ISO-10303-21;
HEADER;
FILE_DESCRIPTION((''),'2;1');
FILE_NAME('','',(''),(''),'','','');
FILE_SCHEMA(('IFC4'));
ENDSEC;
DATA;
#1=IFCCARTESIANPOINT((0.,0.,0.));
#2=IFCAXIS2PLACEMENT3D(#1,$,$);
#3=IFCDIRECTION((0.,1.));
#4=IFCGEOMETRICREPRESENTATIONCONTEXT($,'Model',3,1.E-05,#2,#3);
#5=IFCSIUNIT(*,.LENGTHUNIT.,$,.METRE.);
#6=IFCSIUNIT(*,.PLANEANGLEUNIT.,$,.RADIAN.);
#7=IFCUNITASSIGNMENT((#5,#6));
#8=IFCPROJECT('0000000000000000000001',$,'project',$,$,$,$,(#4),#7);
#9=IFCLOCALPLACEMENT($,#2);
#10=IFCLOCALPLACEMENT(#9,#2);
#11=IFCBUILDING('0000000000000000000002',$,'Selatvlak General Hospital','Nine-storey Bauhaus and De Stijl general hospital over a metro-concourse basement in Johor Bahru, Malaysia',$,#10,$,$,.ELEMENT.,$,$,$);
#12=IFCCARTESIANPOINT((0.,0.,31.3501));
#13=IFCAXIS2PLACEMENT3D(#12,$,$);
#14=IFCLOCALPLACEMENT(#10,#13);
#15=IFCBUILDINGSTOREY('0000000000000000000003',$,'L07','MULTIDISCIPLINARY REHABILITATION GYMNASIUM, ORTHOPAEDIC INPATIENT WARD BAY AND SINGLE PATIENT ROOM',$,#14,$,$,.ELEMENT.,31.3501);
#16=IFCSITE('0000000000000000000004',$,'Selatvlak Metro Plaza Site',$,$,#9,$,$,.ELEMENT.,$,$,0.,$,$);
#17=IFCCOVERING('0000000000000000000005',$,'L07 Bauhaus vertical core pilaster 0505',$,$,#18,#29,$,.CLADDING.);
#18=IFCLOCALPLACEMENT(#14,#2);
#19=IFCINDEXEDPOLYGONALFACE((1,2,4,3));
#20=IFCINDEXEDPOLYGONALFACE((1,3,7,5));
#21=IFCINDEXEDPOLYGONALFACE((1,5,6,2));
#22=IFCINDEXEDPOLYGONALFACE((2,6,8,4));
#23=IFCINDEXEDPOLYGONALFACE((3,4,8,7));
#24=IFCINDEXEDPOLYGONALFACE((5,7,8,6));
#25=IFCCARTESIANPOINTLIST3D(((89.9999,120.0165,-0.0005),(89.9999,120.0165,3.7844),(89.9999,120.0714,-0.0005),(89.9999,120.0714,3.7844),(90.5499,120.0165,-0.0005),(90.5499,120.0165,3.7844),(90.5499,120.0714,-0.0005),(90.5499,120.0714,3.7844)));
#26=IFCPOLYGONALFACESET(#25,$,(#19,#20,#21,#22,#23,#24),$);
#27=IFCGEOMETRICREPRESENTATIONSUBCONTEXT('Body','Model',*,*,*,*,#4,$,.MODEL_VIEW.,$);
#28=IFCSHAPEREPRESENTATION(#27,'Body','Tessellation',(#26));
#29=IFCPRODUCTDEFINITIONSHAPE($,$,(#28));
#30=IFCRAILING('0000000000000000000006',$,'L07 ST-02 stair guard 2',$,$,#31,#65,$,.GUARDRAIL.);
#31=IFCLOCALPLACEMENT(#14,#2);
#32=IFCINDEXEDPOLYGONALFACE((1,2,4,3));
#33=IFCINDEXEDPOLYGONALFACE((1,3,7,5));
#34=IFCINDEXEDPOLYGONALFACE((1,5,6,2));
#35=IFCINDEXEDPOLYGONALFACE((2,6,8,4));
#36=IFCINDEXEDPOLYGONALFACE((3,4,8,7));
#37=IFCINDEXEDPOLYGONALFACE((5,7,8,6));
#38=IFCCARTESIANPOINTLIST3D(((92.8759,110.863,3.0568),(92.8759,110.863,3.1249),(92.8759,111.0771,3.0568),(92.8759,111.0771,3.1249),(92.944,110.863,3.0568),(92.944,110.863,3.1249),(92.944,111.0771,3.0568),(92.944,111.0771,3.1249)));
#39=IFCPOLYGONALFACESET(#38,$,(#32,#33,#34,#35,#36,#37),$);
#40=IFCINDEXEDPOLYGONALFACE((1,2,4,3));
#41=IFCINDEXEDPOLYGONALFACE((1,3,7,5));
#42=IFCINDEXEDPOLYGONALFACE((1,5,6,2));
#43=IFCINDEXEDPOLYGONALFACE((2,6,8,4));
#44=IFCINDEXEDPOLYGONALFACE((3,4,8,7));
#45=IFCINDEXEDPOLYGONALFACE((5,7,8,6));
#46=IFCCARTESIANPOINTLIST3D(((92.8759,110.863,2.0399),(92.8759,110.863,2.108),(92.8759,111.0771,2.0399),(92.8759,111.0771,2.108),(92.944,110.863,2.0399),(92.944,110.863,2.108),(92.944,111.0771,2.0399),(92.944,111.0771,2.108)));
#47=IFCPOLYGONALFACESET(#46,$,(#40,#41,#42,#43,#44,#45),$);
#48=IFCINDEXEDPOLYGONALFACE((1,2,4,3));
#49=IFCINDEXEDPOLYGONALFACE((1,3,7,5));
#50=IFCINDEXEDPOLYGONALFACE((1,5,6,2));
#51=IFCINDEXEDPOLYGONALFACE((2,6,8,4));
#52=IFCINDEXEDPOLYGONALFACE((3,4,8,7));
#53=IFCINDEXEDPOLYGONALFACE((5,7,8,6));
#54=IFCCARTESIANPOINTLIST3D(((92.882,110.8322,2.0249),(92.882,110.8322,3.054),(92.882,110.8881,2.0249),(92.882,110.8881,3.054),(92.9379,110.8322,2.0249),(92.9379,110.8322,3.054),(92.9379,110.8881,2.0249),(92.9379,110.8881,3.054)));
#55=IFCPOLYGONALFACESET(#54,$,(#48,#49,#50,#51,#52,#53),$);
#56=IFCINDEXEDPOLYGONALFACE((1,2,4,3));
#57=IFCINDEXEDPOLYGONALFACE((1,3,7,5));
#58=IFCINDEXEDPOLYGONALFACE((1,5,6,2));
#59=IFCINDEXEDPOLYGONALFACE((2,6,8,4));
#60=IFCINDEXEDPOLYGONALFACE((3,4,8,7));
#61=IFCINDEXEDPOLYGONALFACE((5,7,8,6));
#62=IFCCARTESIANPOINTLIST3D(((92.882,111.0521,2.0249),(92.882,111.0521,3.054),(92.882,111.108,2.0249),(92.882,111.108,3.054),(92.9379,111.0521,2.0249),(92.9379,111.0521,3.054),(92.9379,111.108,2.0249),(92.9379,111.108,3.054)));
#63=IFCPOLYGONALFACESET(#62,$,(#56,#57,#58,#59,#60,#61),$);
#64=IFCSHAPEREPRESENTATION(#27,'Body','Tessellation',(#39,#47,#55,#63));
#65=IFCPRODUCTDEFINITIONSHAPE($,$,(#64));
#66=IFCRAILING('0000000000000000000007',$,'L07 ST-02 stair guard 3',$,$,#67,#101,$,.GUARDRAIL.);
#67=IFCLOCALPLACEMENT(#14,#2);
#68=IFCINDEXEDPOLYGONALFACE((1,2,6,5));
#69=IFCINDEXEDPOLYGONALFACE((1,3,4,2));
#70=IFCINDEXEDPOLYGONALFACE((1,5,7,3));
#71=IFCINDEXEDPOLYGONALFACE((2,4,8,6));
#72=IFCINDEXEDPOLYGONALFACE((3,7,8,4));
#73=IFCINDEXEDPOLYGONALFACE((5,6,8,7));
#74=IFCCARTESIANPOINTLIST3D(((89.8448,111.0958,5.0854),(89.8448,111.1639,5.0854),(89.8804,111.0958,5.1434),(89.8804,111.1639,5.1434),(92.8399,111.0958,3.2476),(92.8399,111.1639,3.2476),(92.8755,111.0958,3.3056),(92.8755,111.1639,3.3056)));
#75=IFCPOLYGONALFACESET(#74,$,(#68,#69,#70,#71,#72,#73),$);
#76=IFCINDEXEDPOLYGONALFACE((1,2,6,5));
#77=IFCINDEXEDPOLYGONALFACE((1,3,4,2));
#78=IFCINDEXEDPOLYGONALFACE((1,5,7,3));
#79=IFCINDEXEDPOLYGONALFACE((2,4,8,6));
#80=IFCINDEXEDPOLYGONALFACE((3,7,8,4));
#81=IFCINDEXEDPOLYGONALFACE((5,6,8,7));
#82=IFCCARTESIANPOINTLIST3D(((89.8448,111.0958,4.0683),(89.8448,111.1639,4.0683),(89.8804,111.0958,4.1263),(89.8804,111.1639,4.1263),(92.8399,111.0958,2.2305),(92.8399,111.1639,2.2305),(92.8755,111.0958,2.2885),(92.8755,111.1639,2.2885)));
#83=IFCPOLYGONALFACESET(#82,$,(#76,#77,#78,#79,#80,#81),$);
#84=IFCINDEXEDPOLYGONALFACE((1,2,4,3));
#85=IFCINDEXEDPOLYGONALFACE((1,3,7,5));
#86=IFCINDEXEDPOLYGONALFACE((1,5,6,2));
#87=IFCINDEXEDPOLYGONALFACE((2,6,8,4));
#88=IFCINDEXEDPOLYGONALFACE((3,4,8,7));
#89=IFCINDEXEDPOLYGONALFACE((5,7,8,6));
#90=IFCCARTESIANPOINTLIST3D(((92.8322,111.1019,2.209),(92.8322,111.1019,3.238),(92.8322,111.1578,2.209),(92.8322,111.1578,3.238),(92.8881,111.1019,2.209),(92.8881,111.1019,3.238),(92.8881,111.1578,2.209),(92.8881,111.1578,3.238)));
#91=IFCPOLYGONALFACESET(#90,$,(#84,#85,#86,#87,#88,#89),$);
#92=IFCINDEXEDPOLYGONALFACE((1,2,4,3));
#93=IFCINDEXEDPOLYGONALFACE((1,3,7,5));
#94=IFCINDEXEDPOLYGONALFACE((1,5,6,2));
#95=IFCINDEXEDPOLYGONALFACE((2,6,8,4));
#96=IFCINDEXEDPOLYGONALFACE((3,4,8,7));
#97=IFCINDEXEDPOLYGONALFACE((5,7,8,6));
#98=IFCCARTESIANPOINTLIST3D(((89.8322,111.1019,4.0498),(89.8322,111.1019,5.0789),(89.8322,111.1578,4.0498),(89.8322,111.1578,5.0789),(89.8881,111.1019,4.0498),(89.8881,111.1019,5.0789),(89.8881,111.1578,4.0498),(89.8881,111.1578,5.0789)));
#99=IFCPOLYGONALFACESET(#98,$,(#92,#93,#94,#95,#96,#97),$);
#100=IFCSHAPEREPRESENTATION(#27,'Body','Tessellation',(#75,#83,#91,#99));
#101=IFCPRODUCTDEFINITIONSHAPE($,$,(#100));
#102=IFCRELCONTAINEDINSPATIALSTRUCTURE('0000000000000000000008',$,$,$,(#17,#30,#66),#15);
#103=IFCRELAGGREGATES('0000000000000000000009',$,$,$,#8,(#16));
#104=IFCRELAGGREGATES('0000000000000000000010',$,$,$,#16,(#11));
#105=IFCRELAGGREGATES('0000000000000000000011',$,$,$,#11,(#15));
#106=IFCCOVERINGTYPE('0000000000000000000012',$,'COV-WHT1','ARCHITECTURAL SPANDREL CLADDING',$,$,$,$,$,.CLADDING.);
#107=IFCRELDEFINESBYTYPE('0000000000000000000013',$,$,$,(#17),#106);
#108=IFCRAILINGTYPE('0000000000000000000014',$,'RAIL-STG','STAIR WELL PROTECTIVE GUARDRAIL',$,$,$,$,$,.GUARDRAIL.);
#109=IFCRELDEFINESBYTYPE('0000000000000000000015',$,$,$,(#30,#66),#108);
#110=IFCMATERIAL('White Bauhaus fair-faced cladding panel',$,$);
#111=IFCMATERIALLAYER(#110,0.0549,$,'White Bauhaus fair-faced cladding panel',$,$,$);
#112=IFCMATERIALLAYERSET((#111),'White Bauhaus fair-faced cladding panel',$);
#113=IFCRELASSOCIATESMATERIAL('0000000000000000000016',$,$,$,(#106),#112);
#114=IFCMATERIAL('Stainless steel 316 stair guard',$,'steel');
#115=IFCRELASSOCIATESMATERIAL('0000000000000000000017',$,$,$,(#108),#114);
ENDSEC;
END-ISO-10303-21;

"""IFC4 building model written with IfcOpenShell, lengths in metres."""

from ifc_helpers import new_model, si_unit, direction, frame, origin, origin_2d, place, context, subcontext, project, spatial, rectangle, extrude, material, layer, layer_set, type_object, element, save


model = new_model("IFC4")

# Units and contexts
model_context = context("Model", 3, precision=1e-05, world=origin(), true_north=direction((0.0, 1.0)))
body_context = subcontext(model_context, "Body", "Model", "MODEL_VIEW")
ifc_project = project(units=[si_unit("LENGTHUNIT", "METRE"), si_unit("PLANEANGLEUNIT", "RADIAN")], contexts=[model_context])

# Site, building, storey
site_placement = place(None, origin())
site = spatial("IfcSite", under=ifc_project, at=site_placement, Name="Selatvlak Metro Plaza Site", CompositionType="ELEMENT", RefElevation=0.0)
building_placement = place(site_placement, origin())
building = spatial("IfcBuilding", under=site, at=building_placement, Name="Selatvlak General Hospital", Description="Nine-storey Bauhaus and De Stijl general hospital over a metro-concourse basement in Johor Bahru, Malaysia", CompositionType="ELEMENT")
storey_placement = place(building_placement, frame((0.0, 0.0, 31.3501)))
storey = spatial("IfcBuildingStorey", under=building, at=storey_placement, Name="L07", Description="MULTIDISCIPLINARY REHABILITATION GYMNASIUM, ORTHOPAEDIC INPATIENT WARD BAY AND SINGLE PATIENT ROOM", CompositionType="ELEMENT", Elevation=31.3501)

# Covering
ifc_material_1 = material(Name="White Bauhaus fair-faced cladding panel")
ifc_layer_1 = layer(ifc_material_1, 0.0549, Name="White Bauhaus fair-faced cladding panel")
ifc_layer_set_1 = layer_set([ifc_layer_1], Name="White Bauhaus fair-faced cladding panel")
covering_type = type_object("IfcCoveringType", Name="COV-WHT1", Description="ARCHITECTURAL SPANDREL CLADDING", PredefinedType="CLADDING", material=ifc_layer_set_1)
covering_placement = place(storey_placement, frame((90.2749, 120.0439, -0.0005), z_axis=(0.0, 0.0, 1.0), x_axis=(1.0, 0.0, 0.0)))
element("IfcCovering", 1, at=covering_placement, inside=storey, type_object=covering_type, Name="L07 Bauhaus vertical core pilaster 0505", PredefinedType="CLADDING", context=body_context, shape_type="SweptSolid", body=[
    extrude(rectangle(XDim=0.55, YDim=0.0549, at=origin_2d()), origin(), (0.0, 0.0, 1.0), 3.7849),
])

# Railings
ifc_material_2 = material(Name="Stainless steel 316 stair guard", Category="steel")
railing_type_1 = type_object("IfcRailingType", Name="RAIL-STG", Description="STAIR WELL PROTECTIVE GUARDRAIL", PredefinedType="GUARDRAIL", material=ifc_material_2)
railing_1_placement = place(storey_placement, frame((92.9099, 110.8601, 2.0249)))
element("IfcRailing", 2, at=railing_1_placement, inside=storey, type_object=railing_type_1, Name="L07 ST-02 stair guard 2", PredefinedType="GUARDRAIL", context=body_context, shape_type="SweptSolid", body=[
    extrude(rectangle(XDim=0.0681, YDim=0.0681, at=origin_2d()), frame((0.0, 0.0029, 1.0659), z_axis=(0.0, 1.0, 0.0), x_axis=(-1.0, 0.0, 0.0)), (0.0, 0.0, 1.0), 0.2141),
    extrude(rectangle(XDim=0.0681, YDim=0.0681, at=origin_2d()), frame((0.0, 0.0029, 0.0491), z_axis=(0.0, 1.0, 0.0), x_axis=(-1.0, 0.0, 0.0)), (0.0, 0.0, 1.0), 0.2141),
    extrude(rectangle(XDim=0.0559, YDim=0.0559, at=origin_2d()), origin(), (0.0, 0.0, 1.0), 1.0291),
    extrude(rectangle(XDim=0.0559, YDim=0.0559, at=origin_2d()), frame((0.0, 0.22, 0.0)), (0.0, 0.0, 1.0), 1.0291),
])
railing_2_placement = place(storey_placement, frame((92.8601, 111.1299, 2.209)))
element("IfcRailing", 3, at=railing_2_placement, inside=storey, type_object=railing_type_1, Name="L07 ST-02 stair guard 3", PredefinedType="GUARDRAIL", context=body_context, shape_type="SweptSolid", body=[
    extrude(rectangle(XDim=0.0681, YDim=0.0681, at=origin_2d()), frame((-0.0024, 0.0, 1.0676), z_axis=(-0.852334, 0.0, 0.522998), x_axis=(0.0, -1.0, 0.0)), (0.0, 0.0, 1.0), 3.5139),
    extrude(rectangle(XDim=0.0681, YDim=0.0681, at=origin_2d()), frame((-0.0024, 0.0, 0.0505), z_axis=(-0.852334, 0.0, 0.522998), x_axis=(0.0, -1.0, 0.0)), (0.0, 0.0, 1.0), 3.5139),
    extrude(rectangle(XDim=0.0559, YDim=0.0559, at=origin_2d()), origin(), (0.0, 0.0, 1.0), 1.0291),
    extrude(rectangle(XDim=0.0559, YDim=0.0559, at=origin_2d()), frame((-3.0, 0.0, 1.8408)), (0.0, 0.0, 1.0), 1.0291),
])

save(model, "model.ifc")
